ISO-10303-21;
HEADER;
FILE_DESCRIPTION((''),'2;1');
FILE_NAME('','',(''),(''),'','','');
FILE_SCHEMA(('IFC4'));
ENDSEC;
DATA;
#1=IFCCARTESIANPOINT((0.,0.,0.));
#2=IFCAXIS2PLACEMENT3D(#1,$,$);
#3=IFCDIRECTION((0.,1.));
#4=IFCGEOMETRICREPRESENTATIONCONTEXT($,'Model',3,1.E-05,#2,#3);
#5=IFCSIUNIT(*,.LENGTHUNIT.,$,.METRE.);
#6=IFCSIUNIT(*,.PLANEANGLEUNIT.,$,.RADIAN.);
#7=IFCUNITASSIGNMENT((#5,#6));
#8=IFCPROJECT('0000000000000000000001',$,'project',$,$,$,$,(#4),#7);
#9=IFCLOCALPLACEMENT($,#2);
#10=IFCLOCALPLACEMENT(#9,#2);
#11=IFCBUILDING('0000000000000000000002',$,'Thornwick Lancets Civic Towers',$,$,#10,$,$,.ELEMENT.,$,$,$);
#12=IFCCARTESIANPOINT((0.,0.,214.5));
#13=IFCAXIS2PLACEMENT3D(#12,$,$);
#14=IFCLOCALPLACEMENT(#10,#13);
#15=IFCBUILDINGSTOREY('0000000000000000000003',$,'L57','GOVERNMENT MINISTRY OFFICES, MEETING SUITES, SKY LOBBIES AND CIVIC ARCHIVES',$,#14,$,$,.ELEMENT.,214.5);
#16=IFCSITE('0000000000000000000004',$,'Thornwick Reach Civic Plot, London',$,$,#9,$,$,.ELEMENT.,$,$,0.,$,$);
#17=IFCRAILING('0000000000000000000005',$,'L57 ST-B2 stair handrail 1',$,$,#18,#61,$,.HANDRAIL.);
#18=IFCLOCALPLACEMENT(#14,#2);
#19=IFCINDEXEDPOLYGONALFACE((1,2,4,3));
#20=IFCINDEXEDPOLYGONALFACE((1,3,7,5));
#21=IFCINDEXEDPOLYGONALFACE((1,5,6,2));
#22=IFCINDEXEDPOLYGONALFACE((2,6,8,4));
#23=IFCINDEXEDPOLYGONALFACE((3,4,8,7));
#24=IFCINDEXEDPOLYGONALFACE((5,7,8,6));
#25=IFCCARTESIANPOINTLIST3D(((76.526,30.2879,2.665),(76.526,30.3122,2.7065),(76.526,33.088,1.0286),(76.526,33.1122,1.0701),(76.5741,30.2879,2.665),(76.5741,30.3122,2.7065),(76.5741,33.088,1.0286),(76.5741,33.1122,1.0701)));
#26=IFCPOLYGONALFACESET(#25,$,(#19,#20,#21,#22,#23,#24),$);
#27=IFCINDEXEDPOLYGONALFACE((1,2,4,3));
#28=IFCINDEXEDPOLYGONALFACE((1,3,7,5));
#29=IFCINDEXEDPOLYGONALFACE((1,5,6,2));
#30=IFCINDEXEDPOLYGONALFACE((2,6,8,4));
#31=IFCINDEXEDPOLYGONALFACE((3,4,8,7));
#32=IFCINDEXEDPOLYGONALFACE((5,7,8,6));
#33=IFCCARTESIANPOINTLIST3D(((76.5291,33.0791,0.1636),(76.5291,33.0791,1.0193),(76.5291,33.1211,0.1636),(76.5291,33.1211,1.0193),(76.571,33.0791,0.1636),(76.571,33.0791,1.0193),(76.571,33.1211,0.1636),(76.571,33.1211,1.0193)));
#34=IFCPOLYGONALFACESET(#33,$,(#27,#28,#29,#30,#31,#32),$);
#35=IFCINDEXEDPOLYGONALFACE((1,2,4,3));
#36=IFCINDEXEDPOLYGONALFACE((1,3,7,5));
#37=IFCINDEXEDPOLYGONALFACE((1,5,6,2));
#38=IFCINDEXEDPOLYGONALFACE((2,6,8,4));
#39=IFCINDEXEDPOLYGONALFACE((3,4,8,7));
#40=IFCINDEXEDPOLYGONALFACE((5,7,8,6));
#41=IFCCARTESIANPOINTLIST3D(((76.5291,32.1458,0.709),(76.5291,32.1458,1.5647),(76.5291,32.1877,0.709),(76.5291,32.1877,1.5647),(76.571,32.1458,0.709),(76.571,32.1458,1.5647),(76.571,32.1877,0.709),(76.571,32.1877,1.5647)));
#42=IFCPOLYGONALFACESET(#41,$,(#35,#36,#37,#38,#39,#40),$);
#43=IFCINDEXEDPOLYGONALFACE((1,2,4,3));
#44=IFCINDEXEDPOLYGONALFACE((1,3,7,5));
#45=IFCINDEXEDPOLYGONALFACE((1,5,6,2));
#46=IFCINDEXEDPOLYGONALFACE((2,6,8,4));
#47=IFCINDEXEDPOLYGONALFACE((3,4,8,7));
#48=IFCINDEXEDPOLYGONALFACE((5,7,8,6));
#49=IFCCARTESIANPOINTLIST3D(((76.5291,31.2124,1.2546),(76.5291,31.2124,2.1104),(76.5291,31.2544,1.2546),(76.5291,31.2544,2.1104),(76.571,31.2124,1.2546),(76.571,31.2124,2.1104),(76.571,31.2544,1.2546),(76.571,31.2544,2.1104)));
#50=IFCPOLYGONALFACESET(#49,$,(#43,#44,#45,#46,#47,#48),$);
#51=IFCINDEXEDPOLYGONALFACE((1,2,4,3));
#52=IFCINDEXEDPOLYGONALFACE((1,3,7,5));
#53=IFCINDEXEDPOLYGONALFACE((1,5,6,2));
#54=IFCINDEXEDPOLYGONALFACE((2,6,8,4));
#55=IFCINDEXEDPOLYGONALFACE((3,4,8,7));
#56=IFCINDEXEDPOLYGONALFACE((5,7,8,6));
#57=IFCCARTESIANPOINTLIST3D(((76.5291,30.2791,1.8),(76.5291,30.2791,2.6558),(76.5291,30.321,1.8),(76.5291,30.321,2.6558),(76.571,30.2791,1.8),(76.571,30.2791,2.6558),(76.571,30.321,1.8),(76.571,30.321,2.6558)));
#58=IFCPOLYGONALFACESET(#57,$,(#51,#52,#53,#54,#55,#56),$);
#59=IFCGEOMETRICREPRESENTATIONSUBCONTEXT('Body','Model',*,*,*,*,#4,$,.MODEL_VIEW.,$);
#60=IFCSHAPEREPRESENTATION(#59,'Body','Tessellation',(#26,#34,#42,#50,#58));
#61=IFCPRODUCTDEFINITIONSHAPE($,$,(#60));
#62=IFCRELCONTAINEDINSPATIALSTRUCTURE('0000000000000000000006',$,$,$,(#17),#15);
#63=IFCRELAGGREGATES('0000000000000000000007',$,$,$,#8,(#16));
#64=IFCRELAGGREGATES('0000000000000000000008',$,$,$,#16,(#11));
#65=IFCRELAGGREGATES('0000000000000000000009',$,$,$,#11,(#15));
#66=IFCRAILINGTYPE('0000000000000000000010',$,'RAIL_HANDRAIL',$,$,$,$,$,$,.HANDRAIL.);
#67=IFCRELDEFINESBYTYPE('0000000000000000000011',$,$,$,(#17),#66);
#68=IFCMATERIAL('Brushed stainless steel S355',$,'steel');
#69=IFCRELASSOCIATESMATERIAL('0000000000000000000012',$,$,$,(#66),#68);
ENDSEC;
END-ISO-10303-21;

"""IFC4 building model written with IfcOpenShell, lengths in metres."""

from ifc_helpers import new_model, si_unit, direction, frame, origin, origin_2d, place, context, subcontext, project, spatial, rectangle, extrude, material, type_object, element, save


model = new_model("IFC4")

# Units and contexts
model_context = context("Model", 3, precision=1e-05, world=origin(), true_north=direction((0.0, 1.0)))
body_context = subcontext(model_context, "Body", "Model", "MODEL_VIEW")
ifc_project = project(units=[si_unit("LENGTHUNIT", "METRE"), si_unit("PLANEANGLEUNIT", "RADIAN")], contexts=[model_context])

# Site, building, storey
site_placement = place(None, origin())
site = spatial("IfcSite", under=ifc_project, at=site_placement, Name="Thornwick Reach Civic Plot, London", CompositionType="ELEMENT", RefElevation=0.0)
building_placement = place(site_placement, origin())
building = spatial("IfcBuilding", under=site, at=building_placement, Name="Thornwick Lancets Civic Towers", CompositionType="ELEMENT")
storey_placement = place(building_placement, frame((0.0, 0.0, 214.5)))
storey = spatial("IfcBuildingStorey", under=building, at=storey_placement, Name="L57", Description="GOVERNMENT MINISTRY OFFICES, MEETING SUITES, SKY LOBBIES AND CIVIC ARCHIVES", CompositionType="ELEMENT", Elevation=214.5)

# Railing
ifc_material_1 = material(Name="Brushed stainless steel S355", Category="steel")
railing_type = type_object("IfcRailingType", Name="RAIL_HANDRAIL", PredefinedType="HANDRAIL", material=ifc_material_1)
railing_placement = place(storey_placement, frame((76.55, 33.1001, 0.1636)))
element("IfcRailing", 1, at=railing_placement, inside=storey, type_object=railing_type, Name="L57 ST-B2 stair handrail 1", PredefinedType="HANDRAIL", context=body_context, shape_type="SweptSolid", body=[
    extrude(rectangle(XDim=0.0481, YDim=0.0481, at=origin_2d()), frame((0.0, 0.0, 0.8857), z_axis=(0.0, -0.863361, 0.504587), x_axis=(1.0, 0.0, 0.0)), (0.0, 0.0, 1.0), 3.2432),
    extrude(rectangle(XDim=0.042, YDim=0.042, at=origin_2d()), origin(), (0.0, 0.0, 1.0), 0.8557),
    extrude(rectangle(XDim=0.042, YDim=0.042, at=origin_2d()), frame((0.0, -0.9333, 0.5454)), (0.0, 0.0, 1.0), 0.8557),
    extrude(rectangle(XDim=0.042, YDim=0.042, at=origin_2d()), frame((0.0, -1.8667, 1.0911)), (0.0, 0.0, 1.0), 0.8557),
    extrude(rectangle(XDim=0.042, YDim=0.042, at=origin_2d()), frame((0.0, -2.8, 1.6365)), (0.0, 0.0, 1.0), 0.8557),
])

save(model, "model.ifc")
